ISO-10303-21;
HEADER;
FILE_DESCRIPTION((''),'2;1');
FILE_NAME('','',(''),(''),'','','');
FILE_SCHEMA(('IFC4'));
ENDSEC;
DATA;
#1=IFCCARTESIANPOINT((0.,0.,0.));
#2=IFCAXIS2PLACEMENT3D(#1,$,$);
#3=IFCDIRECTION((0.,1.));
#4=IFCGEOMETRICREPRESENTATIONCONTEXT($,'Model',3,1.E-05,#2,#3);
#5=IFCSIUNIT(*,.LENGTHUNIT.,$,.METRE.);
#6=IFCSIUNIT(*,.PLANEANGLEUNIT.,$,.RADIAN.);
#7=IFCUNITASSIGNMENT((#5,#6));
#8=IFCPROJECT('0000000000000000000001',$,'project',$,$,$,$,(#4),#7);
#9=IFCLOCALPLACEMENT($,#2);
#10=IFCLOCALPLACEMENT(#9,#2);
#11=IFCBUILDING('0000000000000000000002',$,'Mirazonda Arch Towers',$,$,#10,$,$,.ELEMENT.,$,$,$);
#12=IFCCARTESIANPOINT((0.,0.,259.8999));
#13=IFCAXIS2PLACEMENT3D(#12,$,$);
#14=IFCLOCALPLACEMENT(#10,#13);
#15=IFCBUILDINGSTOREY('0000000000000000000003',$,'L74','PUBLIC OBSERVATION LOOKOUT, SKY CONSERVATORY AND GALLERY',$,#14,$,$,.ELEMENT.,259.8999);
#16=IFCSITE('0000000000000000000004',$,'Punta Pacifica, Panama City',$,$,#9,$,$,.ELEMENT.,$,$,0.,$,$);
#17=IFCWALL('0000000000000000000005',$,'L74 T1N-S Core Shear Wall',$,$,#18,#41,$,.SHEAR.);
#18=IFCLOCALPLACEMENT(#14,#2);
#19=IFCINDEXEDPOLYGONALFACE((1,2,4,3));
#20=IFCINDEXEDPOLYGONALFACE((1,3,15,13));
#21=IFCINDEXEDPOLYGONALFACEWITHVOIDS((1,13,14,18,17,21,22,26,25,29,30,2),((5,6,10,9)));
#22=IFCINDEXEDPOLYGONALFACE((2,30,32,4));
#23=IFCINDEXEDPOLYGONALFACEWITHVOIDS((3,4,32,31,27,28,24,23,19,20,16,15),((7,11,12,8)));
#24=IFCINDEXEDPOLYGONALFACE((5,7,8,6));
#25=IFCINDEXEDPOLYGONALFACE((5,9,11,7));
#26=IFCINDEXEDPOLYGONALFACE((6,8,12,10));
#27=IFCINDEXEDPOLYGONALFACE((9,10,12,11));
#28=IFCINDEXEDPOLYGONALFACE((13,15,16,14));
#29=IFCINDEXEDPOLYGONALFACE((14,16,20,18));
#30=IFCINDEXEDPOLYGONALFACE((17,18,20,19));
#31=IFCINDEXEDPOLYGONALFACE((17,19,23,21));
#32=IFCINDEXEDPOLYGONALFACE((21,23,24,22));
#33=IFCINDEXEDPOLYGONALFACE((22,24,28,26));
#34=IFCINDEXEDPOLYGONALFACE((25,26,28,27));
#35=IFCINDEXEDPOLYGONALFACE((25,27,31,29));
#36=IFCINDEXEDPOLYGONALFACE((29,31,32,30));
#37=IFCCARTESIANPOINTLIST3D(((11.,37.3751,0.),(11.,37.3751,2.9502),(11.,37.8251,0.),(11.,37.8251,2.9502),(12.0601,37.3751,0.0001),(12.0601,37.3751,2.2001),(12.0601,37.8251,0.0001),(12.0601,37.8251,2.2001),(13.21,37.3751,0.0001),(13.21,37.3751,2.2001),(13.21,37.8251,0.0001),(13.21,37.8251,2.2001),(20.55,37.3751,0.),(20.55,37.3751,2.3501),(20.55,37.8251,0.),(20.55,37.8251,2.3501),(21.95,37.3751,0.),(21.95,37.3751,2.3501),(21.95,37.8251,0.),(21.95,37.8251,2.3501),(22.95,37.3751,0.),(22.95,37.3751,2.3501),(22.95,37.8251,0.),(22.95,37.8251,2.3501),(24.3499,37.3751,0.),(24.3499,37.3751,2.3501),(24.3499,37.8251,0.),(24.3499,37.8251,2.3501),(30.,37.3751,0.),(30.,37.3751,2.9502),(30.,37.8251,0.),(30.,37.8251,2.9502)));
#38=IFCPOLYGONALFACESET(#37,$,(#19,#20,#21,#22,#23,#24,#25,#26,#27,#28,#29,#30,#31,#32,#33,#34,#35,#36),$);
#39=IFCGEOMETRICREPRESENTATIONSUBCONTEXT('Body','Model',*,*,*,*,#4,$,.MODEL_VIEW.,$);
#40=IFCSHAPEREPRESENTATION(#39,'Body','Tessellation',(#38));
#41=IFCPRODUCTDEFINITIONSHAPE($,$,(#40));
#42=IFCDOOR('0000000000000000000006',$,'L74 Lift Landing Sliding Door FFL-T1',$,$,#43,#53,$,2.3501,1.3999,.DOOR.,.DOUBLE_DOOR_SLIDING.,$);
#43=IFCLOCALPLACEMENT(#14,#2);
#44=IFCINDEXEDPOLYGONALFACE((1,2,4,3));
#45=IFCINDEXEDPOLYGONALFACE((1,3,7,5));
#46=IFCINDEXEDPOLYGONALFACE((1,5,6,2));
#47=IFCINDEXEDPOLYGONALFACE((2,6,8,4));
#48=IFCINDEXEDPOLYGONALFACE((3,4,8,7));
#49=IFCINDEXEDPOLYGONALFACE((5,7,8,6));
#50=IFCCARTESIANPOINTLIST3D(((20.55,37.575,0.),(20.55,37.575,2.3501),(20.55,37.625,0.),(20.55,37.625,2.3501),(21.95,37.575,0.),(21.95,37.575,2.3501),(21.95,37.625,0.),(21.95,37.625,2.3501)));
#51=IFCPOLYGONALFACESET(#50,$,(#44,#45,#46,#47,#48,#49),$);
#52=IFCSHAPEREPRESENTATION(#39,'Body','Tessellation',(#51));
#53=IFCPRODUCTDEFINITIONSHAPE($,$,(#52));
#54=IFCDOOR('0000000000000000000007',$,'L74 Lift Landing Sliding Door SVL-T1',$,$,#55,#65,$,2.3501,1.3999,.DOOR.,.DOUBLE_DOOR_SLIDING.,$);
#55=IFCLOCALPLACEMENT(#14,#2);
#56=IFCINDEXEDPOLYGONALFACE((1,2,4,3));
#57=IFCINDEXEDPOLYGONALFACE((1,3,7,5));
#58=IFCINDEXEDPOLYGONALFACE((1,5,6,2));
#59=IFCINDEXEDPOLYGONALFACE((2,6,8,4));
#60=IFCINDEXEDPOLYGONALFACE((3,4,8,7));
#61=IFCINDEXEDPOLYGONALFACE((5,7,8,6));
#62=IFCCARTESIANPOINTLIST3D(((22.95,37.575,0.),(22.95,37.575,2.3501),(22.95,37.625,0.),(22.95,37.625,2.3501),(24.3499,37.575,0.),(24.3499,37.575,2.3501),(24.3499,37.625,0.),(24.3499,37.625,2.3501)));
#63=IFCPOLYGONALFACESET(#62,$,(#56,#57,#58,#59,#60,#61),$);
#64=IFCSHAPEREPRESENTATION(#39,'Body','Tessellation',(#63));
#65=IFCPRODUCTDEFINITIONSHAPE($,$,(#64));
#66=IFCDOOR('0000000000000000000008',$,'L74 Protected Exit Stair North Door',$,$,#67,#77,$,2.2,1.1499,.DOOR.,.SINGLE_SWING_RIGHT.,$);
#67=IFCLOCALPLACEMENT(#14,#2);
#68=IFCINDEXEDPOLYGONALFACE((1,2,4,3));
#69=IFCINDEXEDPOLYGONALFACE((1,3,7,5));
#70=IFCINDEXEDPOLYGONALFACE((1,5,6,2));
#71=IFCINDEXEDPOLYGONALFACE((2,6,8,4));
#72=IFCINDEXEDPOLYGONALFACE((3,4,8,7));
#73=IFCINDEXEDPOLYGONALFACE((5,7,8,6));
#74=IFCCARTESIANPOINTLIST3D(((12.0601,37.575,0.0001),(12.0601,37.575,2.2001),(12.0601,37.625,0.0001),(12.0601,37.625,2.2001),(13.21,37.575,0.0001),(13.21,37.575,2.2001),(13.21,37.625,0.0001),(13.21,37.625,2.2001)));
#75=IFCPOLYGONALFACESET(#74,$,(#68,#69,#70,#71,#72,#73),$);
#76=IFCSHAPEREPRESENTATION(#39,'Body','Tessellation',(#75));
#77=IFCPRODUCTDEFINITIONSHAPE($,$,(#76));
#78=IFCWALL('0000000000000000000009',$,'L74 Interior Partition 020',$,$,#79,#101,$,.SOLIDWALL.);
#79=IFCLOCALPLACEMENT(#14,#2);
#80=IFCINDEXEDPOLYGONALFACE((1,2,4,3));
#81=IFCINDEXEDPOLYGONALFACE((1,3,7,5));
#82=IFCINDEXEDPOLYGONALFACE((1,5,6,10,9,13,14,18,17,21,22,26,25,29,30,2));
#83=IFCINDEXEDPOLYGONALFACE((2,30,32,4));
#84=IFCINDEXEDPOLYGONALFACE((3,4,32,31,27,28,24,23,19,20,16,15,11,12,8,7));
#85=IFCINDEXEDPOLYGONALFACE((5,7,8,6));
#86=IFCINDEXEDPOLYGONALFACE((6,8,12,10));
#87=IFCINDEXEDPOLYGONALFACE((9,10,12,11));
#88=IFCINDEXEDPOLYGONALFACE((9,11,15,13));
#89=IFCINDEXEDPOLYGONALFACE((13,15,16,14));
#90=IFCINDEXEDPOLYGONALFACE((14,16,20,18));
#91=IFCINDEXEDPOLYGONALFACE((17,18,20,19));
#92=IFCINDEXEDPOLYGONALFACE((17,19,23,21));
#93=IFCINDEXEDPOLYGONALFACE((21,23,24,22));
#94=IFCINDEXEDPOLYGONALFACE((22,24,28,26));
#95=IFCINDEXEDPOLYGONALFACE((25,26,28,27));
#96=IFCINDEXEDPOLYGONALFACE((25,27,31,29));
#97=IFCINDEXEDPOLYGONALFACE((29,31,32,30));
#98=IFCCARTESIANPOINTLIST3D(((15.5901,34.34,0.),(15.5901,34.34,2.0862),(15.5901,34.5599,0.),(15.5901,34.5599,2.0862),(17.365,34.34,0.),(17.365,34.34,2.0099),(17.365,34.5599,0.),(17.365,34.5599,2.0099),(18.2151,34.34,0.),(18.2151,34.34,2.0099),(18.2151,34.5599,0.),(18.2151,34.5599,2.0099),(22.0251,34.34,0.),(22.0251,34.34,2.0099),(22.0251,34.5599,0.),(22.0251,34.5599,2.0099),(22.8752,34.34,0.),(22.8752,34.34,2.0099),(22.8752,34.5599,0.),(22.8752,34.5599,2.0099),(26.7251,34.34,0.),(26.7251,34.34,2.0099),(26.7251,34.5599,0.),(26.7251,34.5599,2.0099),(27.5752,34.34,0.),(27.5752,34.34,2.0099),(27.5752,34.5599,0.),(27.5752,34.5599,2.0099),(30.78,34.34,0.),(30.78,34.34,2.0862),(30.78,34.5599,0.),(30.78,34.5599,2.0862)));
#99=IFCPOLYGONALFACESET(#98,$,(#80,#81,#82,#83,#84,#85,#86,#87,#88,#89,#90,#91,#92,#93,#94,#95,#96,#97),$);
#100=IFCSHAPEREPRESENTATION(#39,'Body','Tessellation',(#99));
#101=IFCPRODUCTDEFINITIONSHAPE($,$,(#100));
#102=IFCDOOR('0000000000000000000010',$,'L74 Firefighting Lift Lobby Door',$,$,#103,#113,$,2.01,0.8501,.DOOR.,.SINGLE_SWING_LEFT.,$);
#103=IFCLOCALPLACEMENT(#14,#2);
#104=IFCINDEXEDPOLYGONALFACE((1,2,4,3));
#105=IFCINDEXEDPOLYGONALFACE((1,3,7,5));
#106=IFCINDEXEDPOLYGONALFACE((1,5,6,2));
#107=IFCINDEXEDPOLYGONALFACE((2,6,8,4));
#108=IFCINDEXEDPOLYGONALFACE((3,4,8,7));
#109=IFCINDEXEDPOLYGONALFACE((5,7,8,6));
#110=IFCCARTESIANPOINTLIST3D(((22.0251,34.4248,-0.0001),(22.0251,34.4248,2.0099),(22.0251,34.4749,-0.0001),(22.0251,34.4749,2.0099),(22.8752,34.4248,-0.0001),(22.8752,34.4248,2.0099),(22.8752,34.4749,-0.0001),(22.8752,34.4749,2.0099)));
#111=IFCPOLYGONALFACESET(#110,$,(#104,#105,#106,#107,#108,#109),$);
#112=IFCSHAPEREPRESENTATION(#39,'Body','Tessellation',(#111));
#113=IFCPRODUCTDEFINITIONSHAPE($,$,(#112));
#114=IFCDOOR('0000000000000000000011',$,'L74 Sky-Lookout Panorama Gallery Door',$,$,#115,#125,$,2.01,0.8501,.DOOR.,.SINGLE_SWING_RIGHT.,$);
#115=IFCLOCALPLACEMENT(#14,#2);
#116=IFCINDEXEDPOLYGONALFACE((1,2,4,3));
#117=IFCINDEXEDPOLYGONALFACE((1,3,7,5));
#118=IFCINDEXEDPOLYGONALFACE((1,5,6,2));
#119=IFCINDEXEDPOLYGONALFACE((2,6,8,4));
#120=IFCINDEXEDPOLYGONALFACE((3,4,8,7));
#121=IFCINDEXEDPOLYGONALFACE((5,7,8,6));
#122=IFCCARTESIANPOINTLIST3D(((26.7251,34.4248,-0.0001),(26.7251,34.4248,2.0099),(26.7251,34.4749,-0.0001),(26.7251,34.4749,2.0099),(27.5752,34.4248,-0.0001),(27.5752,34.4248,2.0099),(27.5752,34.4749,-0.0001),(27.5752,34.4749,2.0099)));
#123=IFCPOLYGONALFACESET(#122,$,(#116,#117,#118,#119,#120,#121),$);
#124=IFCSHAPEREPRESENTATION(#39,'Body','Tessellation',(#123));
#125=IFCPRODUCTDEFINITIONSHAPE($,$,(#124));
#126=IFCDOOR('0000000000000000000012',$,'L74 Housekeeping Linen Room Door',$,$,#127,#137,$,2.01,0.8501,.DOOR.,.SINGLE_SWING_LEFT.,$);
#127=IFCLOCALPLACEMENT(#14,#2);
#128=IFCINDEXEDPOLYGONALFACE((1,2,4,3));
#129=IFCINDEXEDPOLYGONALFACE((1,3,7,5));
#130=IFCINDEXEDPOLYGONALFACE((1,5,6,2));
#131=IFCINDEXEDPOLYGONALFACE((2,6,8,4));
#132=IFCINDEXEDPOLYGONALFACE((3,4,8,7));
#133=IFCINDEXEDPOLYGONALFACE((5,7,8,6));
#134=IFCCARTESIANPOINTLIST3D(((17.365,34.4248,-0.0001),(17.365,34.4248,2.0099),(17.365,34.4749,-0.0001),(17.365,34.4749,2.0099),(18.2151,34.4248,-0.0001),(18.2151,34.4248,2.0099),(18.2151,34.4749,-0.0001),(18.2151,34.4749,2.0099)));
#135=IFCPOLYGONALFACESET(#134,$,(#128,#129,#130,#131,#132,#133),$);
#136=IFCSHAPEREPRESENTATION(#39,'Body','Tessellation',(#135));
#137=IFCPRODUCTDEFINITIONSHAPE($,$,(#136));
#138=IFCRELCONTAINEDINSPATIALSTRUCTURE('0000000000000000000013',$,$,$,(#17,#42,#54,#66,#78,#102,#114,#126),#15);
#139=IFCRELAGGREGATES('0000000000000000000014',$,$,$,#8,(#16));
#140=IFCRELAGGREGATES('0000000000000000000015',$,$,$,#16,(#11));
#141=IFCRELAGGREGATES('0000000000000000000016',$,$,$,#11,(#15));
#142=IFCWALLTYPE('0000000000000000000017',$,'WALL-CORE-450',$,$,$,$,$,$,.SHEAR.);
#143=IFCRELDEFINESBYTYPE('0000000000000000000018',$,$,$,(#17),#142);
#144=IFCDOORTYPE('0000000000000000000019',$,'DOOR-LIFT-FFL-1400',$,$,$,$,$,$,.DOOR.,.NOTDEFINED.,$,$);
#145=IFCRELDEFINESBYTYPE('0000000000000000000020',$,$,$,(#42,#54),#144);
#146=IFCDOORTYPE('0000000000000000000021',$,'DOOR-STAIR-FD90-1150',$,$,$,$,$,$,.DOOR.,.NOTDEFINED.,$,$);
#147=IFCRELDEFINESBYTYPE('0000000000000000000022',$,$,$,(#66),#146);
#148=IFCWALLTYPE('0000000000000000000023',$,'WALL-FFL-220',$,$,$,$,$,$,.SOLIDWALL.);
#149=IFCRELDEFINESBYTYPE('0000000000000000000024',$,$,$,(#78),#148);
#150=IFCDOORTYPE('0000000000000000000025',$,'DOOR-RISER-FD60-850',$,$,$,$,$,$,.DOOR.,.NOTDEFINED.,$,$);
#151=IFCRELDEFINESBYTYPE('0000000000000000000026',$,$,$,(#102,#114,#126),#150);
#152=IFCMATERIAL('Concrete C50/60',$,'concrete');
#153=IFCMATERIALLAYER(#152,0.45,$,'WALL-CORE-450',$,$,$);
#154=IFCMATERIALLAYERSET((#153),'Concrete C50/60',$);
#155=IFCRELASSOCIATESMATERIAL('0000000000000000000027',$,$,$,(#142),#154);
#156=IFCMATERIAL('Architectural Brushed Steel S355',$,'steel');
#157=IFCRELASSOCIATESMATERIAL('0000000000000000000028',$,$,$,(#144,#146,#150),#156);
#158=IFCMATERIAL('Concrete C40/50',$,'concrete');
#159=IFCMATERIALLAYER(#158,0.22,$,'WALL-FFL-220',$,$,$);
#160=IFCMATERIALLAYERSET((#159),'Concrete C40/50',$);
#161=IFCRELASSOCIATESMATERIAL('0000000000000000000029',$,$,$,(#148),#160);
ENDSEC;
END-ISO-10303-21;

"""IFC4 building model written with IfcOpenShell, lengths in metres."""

from ifc_helpers import new_model, si_unit, direction, frame, frame_2d, origin, place, context, subcontext, project, spatial, rectangle, extrude, material, layer, layer_set, type_object, element, fill, save


model = new_model("IFC4")

# Units and contexts
model_context = context("Model", 3, precision=1e-05, world=origin(), true_north=direction((0.0, 1.0)))
body_context = subcontext(model_context, "Body", "Model", "MODEL_VIEW")
ifc_project = project(units=[si_unit("LENGTHUNIT", "METRE"), si_unit("PLANEANGLEUNIT", "RADIAN")], contexts=[model_context])

# Site, building, storey
site_placement = place(None, origin())
site = spatial("IfcSite", under=ifc_project, at=site_placement, Name="Punta Pacifica, Panama City", CompositionType="ELEMENT", RefElevation=0.0)
building_placement = place(site_placement, origin())
building = spatial("IfcBuilding", under=site, at=building_placement, Name="Mirazonda Arch Towers", CompositionType="ELEMENT")
storey_placement = place(building_placement, frame((0.0, 0.0, 259.8999)))
storey = spatial("IfcBuildingStorey", under=building, at=storey_placement, Name="L74", Description="PUBLIC OBSERVATION LOOKOUT, SKY CONSERVATORY AND GALLERY", CompositionType="ELEMENT", Elevation=259.8999)

# Shared definitions
ifc_material_1 = material(Name="Concrete C50/60", Category="concrete")

# Shared definitions
ifc_layer_1 = layer(ifc_material_1, 0.45, Name="WALL-CORE-450")
ifc_layer_set_1 = layer_set([ifc_layer_1], Name="Concrete C50/60")
wall_type_1 = type_object("IfcWallType", Name="WALL-CORE-450", PredefinedType="SHEAR", material=ifc_layer_set_1)

# Walls, openings, doors
wall_1_placement = place(storey_placement, frame((11.0, 37.6001, 0.0), z_axis=(0.0, 0.0, 1.0), x_axis=(1.0, 0.0, 0.0)))
wall_1 = element("IfcWall", 1, at=wall_1_placement, inside=storey, type_object=wall_type_1, Name="L74 T1N-S Core Shear Wall", PredefinedType="SHEAR", context=body_context, shape_type="SweptSolid", body=[
    extrude(rectangle(XDim=19.0, YDim=0.45, at=frame_2d((9.5, 0.0))), origin(), (0.0, 0.0, 1.0), 2.9502),
])
opening_1_placement = place(wall_1_placement, frame((1.0601, 0.0, 0.0)))
opening_1 = element("IfcOpeningElement", 2, at=opening_1_placement, cuts=wall_1, PredefinedType="OPENING", context=body_context, shape_type="SweptSolid", body=[
    extrude(rectangle(XDim=1.1499, YDim=2.2, at=frame_2d((0.575, 1.1001))), frame((0.0, 0.2349, 0.0), z_axis=(0.0, -1.0, 0.0), x_axis=(1.0, 0.0, 0.0)), (0.0, 0.0, 1.0), 0.47),
])
opening_2_placement = place(wall_1_placement, frame((9.55, 0.0, 0.0)))
opening_2 = element("IfcOpeningElement", 3, at=opening_2_placement, cuts=wall_1, PredefinedType="OPENING", context=body_context, shape_type="SweptSolid", body=[
    extrude(rectangle(XDim=1.3999, YDim=2.3501, at=frame_2d((0.7, 1.175))), frame((0.0, 0.2349, 0.0), z_axis=(0.0, -1.0, 0.0), x_axis=(1.0, 0.0, 0.0)), (0.0, 0.0, 1.0), 0.47),
])
opening_3_placement = place(wall_1_placement, frame((11.95, 0.0, 0.0)))
opening_3 = element("IfcOpeningElement", 4, at=opening_3_placement, cuts=wall_1, PredefinedType="OPENING", context=body_context, shape_type="SweptSolid", body=[
    extrude(rectangle(XDim=1.3999, YDim=2.3501, at=frame_2d((0.7, 1.175))), frame((0.0, 0.2349, 0.0), z_axis=(0.0, -1.0, 0.0), x_axis=(1.0, 0.0, 0.0)), (0.0, 0.0, 1.0), 0.47),
])
ifc_material_2 = material(Name="Architectural Brushed Steel S355", Category="steel")
door_type_1 = type_object("IfcDoorType", Name="DOOR-LIFT-FFL-1400", OperationType="NOTDEFINED", PredefinedType="DOOR", material=ifc_material_2)
door_1_placement = place(opening_2_placement, origin())
door_1 = element("IfcDoor", 5, at=door_1_placement, inside=storey, type_object=door_type_1, Name="L74 Lift Landing Sliding Door FFL-T1", OperationType="DOUBLE_DOOR_SLIDING", OverallHeight=2.3501, OverallWidth=1.3999, PredefinedType="DOOR", context=body_context, shape_type="SweptSolid", body=[
    extrude(rectangle(XDim=1.3999, YDim=2.3501, at=frame_2d((0.7, 1.175))), frame((0.0, 0.0249, 0.0), z_axis=(0.0, -1.0, 0.0), x_axis=(1.0, 0.0, 0.0)), (0.0, 0.0, 1.0), 0.05),
])
fill(opening_2, door_1)
door_2_placement = place(opening_3_placement, origin())
door_2 = element("IfcDoor", 6, at=door_2_placement, inside=storey, type_object=door_type_1, Name="L74 Lift Landing Sliding Door SVL-T1", OperationType="DOUBLE_DOOR_SLIDING", OverallHeight=2.3501, OverallWidth=1.3999, PredefinedType="DOOR", context=body_context, shape_type="SweptSolid", body=[
    extrude(rectangle(XDim=1.3999, YDim=2.3501, at=frame_2d((0.7, 1.175))), frame((0.0, 0.0249, 0.0), z_axis=(0.0, -1.0, 0.0), x_axis=(1.0, 0.0, 0.0)), (0.0, 0.0, 1.0), 0.05),
])
fill(opening_3, door_2)
door_type_2 = type_object("IfcDoorType", Name="DOOR-STAIR-FD90-1150", OperationType="NOTDEFINED", PredefinedType="DOOR", material=ifc_material_2)
door_3_placement = place(opening_1_placement, origin())
door_3 = element("IfcDoor", 7, at=door_3_placement, inside=storey, type_object=door_type_2, Name="L74 Protected Exit Stair North Door", OperationType="SINGLE_SWING_RIGHT", OverallHeight=2.2, OverallWidth=1.1499, PredefinedType="DOOR", context=body_context, shape_type="SweptSolid", body=[
    extrude(rectangle(XDim=1.1499, YDim=2.2, at=frame_2d((0.575, 1.1001))), frame((0.0, 0.0249, 0.0), z_axis=(0.0, -1.0, 0.0), x_axis=(1.0, 0.0, 0.0)), (0.0, 0.0, 1.0), 0.05),
])
fill(opening_1, door_3)
ifc_material_3 = material(Name="Concrete C40/50", Category="concrete")
ifc_layer_2 = layer(ifc_material_3, 0.22, Name="WALL-FFL-220")
ifc_layer_set_2 = layer_set([ifc_layer_2], Name="Concrete C40/50")
wall_type_2 = type_object("IfcWallType", Name="WALL-FFL-220", PredefinedType="SOLIDWALL", material=ifc_layer_set_2)
wall_2_placement = place(storey_placement, frame((15.5901, 34.45, 0.0), z_axis=(0.0, 0.0, 1.0), x_axis=(1.0, 0.0, 0.0)))
wall_2 = element("IfcWall", 8, at=wall_2_placement, inside=storey, type_object=wall_type_2, Name="L74 Interior Partition 020", PredefinedType="SOLIDWALL", context=body_context, shape_type="SweptSolid", body=[
    extrude(rectangle(XDim=15.1899, YDim=0.22, at=frame_2d((7.595, 0.0))), origin(), (0.0, 0.0, 1.0), 2.0862),
])
opening_4_placement = place(wall_2_placement, frame((6.4351, 0.0, 0.0)))
opening_4 = element("IfcOpeningElement", 9, at=opening_4_placement, cuts=wall_2, PredefinedType="OPENING", context=body_context, shape_type="SweptSolid", body=[
    extrude(rectangle(XDim=0.8501, YDim=2.01, at=frame_2d((0.425, 1.0049))), frame((0.0, 0.1199, 0.0), z_axis=(0.0, -1.0, 0.0), x_axis=(1.0, 0.0, 0.0)), (0.0, 0.0, 1.0), 0.24),
])
opening_5_placement = place(wall_2_placement, frame((11.135, 0.0, 0.0)))
opening_5 = element("IfcOpeningElement", 10, at=opening_5_placement, cuts=wall_2, PredefinedType="OPENING", context=body_context, shape_type="SweptSolid", body=[
    extrude(rectangle(XDim=0.8501, YDim=2.01, at=frame_2d((0.425, 1.0049))), frame((0.0, 0.1199, 0.0), z_axis=(0.0, -1.0, 0.0), x_axis=(1.0, 0.0, 0.0)), (0.0, 0.0, 1.0), 0.24),
])
opening_6_placement = place(wall_2_placement, frame((1.7749, 0.0, 0.0)))
opening_6 = element("IfcOpeningElement", 11, at=opening_6_placement, cuts=wall_2, PredefinedType="OPENING", context=body_context, shape_type="SweptSolid", body=[
    extrude(rectangle(XDim=0.8501, YDim=2.01, at=frame_2d((0.425, 1.0049))), frame((0.0, 0.1199, 0.0), z_axis=(0.0, -1.0, 0.0), x_axis=(1.0, 0.0, 0.0)), (0.0, 0.0, 1.0), 0.24),
])
door_type_3 = type_object("IfcDoorType", Name="DOOR-RISER-FD60-850", OperationType="NOTDEFINED", PredefinedType="DOOR", material=ifc_material_2)
door_4_placement = place(opening_4_placement, origin())
door_4 = element("IfcDoor", 12, at=door_4_placement, inside=storey, type_object=door_type_3, Name="L74 Firefighting Lift Lobby Door", OperationType="SINGLE_SWING_LEFT", OverallHeight=2.01, OverallWidth=0.8501, PredefinedType="DOOR", context=body_context, shape_type="SweptSolid", body=[
    extrude(rectangle(XDim=0.8501, YDim=2.01, at=frame_2d((0.425, 1.0049))), frame((0.0, 0.0249, 0.0), z_axis=(0.0, -1.0, 0.0), x_axis=(1.0, 0.0, 0.0)), (0.0, 0.0, 1.0), 0.05),
])
fill(opening_4, door_4)
door_5_placement = place(opening_5_placement, origin())
door_5 = element("IfcDoor", 13, at=door_5_placement, inside=storey, type_object=door_type_3, Name="L74 Sky-Lookout Panorama Gallery Door", OperationType="SINGLE_SWING_RIGHT", OverallHeight=2.01, OverallWidth=0.8501, PredefinedType="DOOR", context=body_context, shape_type="SweptSolid", body=[
    extrude(rectangle(XDim=0.8501, YDim=2.01, at=frame_2d((0.425, 1.0049))), frame((0.0, 0.0249, 0.0), z_axis=(0.0, -1.0, 0.0), x_axis=(1.0, 0.0, 0.0)), (0.0, 0.0, 1.0), 0.05),
])
fill(opening_5, door_5)
door_6_placement = place(opening_6_placement, origin())
door_6 = element("IfcDoor", 14, at=door_6_placement, inside=storey, type_object=door_type_3, Name="L74 Housekeeping Linen Room Door", OperationType="SINGLE_SWING_LEFT", OverallHeight=2.01, OverallWidth=0.8501, PredefinedType="DOOR", context=body_context, shape_type="SweptSolid", body=[
    extrude(rectangle(XDim=0.8501, YDim=2.01, at=frame_2d((0.425, 1.0049))), frame((0.0, 0.0249, 0.0), z_axis=(0.0, -1.0, 0.0), x_axis=(1.0, 0.0, 0.0)), (0.0, 0.0, 1.0), 0.05),
])
fill(opening_6, door_6)

save(model, "model.ifc")
